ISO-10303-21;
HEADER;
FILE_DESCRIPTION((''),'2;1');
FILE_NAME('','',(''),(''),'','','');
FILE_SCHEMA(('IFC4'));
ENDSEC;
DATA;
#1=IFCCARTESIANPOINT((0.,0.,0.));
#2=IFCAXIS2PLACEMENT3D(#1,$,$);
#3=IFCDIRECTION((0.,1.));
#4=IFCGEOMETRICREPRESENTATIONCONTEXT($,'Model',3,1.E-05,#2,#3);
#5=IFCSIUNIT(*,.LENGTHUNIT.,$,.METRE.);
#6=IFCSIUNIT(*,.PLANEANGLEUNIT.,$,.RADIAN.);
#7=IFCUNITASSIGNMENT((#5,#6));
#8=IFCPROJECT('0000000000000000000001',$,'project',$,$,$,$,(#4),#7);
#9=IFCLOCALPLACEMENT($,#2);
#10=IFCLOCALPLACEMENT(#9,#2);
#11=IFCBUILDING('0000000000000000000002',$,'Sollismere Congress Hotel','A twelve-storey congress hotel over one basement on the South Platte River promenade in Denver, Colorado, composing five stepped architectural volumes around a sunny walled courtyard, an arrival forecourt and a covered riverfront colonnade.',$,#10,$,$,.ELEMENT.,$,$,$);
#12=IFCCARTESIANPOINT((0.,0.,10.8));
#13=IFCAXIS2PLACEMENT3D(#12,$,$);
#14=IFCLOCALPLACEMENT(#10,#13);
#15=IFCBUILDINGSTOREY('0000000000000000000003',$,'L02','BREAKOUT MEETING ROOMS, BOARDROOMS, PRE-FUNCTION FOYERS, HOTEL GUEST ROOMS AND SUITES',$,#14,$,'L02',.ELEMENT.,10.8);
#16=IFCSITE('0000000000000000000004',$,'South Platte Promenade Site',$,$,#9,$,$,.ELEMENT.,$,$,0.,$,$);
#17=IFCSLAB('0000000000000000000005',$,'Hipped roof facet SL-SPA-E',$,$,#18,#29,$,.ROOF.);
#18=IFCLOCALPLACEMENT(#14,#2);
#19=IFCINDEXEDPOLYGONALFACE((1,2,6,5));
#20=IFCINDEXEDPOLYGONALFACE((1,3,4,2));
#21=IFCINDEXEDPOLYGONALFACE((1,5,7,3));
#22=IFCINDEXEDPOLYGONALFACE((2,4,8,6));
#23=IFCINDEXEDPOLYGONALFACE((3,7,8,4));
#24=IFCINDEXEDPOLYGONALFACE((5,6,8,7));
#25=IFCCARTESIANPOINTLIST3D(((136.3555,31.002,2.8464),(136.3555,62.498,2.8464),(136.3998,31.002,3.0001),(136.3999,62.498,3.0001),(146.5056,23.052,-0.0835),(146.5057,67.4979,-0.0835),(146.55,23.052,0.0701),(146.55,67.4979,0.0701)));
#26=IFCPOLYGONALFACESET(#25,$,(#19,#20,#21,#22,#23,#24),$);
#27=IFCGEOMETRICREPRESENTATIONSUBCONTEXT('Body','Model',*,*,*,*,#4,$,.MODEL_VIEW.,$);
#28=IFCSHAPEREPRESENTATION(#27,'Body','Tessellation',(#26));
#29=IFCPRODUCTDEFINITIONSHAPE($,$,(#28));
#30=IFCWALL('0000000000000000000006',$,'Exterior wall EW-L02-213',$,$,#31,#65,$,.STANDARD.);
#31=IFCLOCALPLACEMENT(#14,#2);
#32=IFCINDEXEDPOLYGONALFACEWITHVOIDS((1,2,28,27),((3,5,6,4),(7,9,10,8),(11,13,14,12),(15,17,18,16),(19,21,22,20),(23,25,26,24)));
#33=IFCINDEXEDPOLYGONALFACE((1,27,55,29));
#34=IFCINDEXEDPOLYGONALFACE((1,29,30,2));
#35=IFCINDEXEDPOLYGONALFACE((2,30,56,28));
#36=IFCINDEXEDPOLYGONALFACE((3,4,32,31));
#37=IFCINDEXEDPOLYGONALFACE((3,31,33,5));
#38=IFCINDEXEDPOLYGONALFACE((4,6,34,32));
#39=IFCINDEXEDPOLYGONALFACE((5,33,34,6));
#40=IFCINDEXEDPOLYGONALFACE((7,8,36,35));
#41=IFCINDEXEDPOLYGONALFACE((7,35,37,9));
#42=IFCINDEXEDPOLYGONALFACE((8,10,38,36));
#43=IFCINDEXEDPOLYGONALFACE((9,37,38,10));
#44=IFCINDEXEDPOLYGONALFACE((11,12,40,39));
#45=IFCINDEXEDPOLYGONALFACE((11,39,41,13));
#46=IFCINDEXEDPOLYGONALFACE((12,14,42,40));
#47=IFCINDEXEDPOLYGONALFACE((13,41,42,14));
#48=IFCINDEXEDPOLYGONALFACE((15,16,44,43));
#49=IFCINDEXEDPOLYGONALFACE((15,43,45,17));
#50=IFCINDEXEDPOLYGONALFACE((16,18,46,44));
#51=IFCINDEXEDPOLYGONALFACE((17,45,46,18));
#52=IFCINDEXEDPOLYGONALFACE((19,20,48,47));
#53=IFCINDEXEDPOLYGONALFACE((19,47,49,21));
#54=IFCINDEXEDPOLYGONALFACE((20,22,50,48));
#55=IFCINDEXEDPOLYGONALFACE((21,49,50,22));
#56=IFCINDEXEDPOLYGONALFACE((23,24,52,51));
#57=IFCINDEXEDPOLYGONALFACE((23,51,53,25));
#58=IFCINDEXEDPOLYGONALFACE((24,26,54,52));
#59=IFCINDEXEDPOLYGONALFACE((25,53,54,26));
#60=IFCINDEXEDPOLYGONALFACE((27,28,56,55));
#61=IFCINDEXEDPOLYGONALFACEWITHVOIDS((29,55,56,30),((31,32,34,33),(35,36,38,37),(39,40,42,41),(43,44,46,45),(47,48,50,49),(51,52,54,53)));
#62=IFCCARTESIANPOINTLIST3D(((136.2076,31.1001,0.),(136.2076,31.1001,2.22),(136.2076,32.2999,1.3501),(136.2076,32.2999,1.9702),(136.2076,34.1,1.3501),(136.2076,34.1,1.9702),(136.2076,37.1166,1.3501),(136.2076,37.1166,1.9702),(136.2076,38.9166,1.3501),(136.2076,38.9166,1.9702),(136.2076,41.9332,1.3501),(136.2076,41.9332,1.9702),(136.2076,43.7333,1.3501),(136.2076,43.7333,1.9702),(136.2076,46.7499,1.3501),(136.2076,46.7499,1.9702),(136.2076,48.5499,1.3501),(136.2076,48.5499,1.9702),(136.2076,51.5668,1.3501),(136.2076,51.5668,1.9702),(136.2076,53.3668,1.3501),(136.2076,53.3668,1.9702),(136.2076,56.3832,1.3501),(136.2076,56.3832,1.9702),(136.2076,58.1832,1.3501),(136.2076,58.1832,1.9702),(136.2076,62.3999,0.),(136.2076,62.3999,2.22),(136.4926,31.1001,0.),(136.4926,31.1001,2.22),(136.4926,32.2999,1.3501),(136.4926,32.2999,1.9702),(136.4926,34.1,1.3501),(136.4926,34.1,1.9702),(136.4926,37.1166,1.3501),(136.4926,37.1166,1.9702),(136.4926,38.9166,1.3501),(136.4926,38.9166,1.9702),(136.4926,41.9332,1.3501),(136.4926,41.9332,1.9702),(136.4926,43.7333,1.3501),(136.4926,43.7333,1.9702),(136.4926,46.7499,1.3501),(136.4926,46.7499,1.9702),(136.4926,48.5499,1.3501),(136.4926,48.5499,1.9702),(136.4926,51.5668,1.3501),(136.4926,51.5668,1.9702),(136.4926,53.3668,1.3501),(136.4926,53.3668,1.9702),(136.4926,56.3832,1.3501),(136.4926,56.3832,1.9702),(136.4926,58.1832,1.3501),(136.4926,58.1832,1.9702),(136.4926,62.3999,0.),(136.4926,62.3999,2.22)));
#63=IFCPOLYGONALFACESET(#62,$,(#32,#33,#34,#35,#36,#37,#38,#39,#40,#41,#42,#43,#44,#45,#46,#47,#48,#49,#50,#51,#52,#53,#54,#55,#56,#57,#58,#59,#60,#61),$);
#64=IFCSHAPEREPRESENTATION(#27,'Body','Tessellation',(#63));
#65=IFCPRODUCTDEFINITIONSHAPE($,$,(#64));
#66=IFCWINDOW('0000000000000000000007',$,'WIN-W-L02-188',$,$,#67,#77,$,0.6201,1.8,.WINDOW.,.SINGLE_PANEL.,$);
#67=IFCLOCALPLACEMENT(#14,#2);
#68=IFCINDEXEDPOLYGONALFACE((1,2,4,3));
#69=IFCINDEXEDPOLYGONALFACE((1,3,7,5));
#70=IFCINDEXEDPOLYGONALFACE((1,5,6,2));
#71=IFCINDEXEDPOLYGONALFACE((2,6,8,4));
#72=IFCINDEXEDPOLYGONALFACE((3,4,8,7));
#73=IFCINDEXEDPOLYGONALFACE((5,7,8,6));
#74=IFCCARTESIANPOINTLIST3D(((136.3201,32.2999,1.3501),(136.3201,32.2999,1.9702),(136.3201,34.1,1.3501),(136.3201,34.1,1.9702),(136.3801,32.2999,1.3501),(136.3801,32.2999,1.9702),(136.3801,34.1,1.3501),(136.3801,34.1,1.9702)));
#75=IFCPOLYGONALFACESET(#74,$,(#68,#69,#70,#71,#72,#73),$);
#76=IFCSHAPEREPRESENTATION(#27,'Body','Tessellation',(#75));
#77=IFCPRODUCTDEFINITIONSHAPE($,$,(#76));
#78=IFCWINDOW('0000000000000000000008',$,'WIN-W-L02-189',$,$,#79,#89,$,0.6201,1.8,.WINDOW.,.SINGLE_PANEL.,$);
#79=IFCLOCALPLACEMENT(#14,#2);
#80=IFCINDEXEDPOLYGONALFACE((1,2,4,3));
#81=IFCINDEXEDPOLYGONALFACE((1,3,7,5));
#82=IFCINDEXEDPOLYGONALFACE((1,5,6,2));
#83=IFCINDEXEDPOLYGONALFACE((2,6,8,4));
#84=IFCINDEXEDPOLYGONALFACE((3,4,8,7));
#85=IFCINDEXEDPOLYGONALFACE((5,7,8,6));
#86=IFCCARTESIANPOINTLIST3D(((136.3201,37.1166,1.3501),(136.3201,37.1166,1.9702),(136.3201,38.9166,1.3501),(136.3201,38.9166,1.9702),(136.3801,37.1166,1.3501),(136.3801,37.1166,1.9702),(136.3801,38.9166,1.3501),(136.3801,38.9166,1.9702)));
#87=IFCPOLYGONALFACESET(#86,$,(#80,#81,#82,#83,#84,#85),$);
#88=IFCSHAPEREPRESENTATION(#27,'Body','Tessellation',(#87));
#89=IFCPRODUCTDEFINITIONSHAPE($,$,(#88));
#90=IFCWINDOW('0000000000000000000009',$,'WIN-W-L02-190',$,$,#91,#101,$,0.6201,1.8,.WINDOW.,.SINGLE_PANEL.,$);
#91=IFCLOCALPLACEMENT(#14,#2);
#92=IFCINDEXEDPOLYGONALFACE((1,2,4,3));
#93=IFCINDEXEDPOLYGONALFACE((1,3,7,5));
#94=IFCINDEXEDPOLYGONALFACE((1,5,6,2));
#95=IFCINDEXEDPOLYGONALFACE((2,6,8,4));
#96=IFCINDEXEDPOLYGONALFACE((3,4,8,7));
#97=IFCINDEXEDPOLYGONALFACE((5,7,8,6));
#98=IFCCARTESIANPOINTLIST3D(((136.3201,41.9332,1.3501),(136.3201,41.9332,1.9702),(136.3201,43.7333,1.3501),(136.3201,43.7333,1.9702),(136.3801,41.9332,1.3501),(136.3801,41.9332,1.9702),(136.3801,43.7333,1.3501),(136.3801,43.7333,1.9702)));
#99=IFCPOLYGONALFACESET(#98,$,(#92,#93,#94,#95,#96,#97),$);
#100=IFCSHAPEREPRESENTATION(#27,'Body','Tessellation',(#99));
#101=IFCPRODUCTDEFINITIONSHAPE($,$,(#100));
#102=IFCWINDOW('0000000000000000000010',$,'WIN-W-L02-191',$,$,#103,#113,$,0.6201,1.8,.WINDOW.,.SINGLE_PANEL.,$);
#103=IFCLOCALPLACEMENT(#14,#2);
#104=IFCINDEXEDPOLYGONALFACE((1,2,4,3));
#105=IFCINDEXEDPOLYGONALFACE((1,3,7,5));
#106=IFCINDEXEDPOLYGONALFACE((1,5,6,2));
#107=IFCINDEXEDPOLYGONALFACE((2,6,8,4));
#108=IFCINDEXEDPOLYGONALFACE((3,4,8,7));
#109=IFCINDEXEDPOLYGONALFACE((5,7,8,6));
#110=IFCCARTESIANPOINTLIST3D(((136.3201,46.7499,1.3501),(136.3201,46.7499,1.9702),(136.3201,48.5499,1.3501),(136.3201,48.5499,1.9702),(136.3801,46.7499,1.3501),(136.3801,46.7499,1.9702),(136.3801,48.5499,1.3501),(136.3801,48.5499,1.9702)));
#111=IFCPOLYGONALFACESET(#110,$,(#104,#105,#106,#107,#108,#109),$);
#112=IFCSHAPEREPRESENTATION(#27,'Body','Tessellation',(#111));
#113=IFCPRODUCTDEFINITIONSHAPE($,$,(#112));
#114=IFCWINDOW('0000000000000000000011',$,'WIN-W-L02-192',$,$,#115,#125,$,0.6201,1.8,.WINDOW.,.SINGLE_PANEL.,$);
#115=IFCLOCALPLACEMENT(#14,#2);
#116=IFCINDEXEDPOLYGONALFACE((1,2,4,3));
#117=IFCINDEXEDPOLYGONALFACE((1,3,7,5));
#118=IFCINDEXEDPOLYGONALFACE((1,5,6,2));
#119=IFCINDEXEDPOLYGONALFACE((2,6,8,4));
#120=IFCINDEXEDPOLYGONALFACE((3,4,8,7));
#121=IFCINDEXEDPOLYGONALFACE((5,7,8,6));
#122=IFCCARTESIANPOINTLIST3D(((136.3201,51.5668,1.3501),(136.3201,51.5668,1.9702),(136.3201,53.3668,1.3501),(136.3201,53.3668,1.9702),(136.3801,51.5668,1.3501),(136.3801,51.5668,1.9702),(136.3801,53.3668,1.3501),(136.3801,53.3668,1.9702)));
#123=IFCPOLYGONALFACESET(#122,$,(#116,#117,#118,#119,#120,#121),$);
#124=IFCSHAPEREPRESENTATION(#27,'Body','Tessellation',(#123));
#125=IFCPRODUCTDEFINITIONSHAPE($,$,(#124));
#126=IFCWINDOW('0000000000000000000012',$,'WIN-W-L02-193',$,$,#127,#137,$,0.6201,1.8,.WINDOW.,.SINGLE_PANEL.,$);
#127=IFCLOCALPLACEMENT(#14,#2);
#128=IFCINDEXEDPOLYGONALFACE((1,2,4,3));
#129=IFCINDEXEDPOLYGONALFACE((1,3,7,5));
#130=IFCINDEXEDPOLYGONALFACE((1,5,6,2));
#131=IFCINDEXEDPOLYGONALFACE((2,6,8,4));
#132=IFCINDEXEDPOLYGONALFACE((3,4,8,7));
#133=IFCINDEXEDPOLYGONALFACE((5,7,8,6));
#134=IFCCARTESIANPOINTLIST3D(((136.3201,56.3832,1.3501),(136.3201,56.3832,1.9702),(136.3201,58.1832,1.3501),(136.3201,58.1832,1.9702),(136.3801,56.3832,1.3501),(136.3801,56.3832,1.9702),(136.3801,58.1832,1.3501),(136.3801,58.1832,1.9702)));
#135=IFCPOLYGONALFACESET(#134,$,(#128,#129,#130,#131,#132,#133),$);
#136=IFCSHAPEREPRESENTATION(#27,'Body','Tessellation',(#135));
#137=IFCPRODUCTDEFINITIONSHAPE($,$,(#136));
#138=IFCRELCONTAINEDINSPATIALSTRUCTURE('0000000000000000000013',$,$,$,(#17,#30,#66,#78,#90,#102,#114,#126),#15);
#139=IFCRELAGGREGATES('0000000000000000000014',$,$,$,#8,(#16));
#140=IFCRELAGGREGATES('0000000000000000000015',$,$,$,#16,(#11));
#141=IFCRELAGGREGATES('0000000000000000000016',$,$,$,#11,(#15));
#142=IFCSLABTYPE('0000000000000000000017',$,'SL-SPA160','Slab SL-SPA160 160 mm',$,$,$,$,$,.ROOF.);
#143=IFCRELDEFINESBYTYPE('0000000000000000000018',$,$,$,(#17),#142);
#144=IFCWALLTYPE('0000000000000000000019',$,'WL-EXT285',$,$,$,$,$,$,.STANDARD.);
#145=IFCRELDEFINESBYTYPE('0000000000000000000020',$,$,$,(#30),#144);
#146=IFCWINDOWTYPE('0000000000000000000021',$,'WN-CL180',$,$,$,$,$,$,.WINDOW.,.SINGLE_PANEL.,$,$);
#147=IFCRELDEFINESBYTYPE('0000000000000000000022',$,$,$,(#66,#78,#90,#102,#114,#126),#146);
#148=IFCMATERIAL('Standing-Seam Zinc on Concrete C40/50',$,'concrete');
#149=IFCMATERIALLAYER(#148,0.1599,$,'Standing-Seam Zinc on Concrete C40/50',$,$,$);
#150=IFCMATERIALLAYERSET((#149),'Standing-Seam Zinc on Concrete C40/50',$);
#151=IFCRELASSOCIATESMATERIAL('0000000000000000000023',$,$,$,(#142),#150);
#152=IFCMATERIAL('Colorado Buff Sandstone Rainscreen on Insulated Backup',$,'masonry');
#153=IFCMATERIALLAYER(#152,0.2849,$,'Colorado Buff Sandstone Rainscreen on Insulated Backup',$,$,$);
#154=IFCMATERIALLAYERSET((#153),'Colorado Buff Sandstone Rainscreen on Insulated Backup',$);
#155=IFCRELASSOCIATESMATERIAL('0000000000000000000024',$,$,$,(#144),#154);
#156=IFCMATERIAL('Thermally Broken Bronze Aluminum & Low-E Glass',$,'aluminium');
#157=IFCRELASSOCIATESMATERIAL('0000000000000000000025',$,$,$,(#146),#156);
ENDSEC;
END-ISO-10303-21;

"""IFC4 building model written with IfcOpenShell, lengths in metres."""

from ifc_helpers import new_model, si_unit, direction, frame, frame_2d, origin, place, context, subcontext, project, spatial, polyline, rectangle, outline, extrude, material, layer, layer_set, type_object, element, fill, save


model = new_model("IFC4")

# Units and contexts
model_context = context("Model", 3, precision=1e-05, world=origin(), true_north=direction((0.0, 1.0)))
body_context = subcontext(model_context, "Body", "Model", "MODEL_VIEW")
ifc_project = project(units=[si_unit("LENGTHUNIT", "METRE"), si_unit("PLANEANGLEUNIT", "RADIAN")], contexts=[model_context])

# Site, building, storey
site_placement = place(None, origin())
site = spatial("IfcSite", under=ifc_project, at=site_placement, Name="South Platte Promenade Site", CompositionType="ELEMENT", RefElevation=0.0)
building_placement = place(site_placement, origin())
building = spatial("IfcBuilding", under=site, at=building_placement, Name="Sollismere Congress Hotel", Description="A twelve-storey congress hotel over one basement on the South Platte River promenade in Denver, Colorado, composing five stepped architectural volumes around a sunny walled courtyard, an arrival forecourt and a covered riverfront colonnade.", CompositionType="ELEMENT")
storey_placement = place(building_placement, frame((0.0, 0.0, 10.8)))
storey = spatial("IfcBuildingStorey", under=building, at=storey_placement, Name="L02", Description="BREAKOUT MEETING ROOMS, BOARDROOMS, PRE-FUNCTION FOYERS, HOTEL GUEST ROOMS AND SUITES", LongName="L02", CompositionType="ELEMENT", Elevation=10.8)

# Slab
ifc_material_1 = material(Name="Standing-Seam Zinc on Concrete C40/50", Category="concrete")
ifc_layer_1 = layer(ifc_material_1, 0.1599, Name="Standing-Seam Zinc on Concrete C40/50")
ifc_layer_set_1 = layer_set([ifc_layer_1], Name="Standing-Seam Zinc on Concrete C40/50")
slab_type = type_object("IfcSlabType", Name="SL-SPA160", Description="Slab SL-SPA160 160 mm", PredefinedType="ROOF", material=ifc_layer_set_1)
slab_placement = place(storey_placement, frame((136.3555, 31.002, 2.8464), z_axis=(0.277336, 0.0, 0.960773), x_axis=(0.767692, -0.601283, -0.221601)))
element("IfcSlab", 1, at=slab_placement, inside=storey, type_object=slab_type, Name="Hipped roof facet SL-SPA-E", PredefinedType="ROOF", context=body_context, shape_type="SweptSolid", body=[
    extrude(outline(polyline([(0.0, 0.0), (13.2217, 0.0), (-13.5029, 35.5139), (-18.938, 25.1665), (0.0, 0.0)])), origin(), (0.0, 0.0, 1.0), 0.1599),
])

# Wall, openings, windows
ifc_material_2 = material(Name="Colorado Buff Sandstone Rainscreen on Insulated Backup", Category="masonry")
ifc_layer_2 = layer(ifc_material_2, 0.2849, Name="Colorado Buff Sandstone Rainscreen on Insulated Backup")
ifc_layer_set_2 = layer_set([ifc_layer_2], Name="Colorado Buff Sandstone Rainscreen on Insulated Backup")
wall_type_1 = type_object("IfcWallType", Name="WL-EXT285", PredefinedType="STANDARD", material=ifc_layer_set_2)
wall_1_placement = place(storey_placement, frame((136.3501, 31.1001, 0.0), z_axis=(0.0, 0.0, 1.0), x_axis=(0.0, 1.0, 0.0)))
wall_1 = element("IfcWall", 2, at=wall_1_placement, inside=storey, type_object=wall_type_1, Name="Exterior wall EW-L02-213", PredefinedType="STANDARD", context=body_context, shape_type="SweptSolid", body=[
    extrude(rectangle(XDim=31.2998, YDim=0.2849, at=frame_2d((15.6499, 0.0))), origin(), (0.0, 0.0, 1.0), 2.22),
])
opening_1_placement = place(wall_1_placement, frame((1.2, 0.0, 1.3501)))
opening_1 = element("IfcOpeningElement", 3, at=opening_1_placement, cuts=wall_1, PredefinedType="OPENING", context=body_context, shape_type="SweptSolid", body=[
    extrude(rectangle(XDim=1.8, YDim=0.6201, at=frame_2d((0.8999, 0.3101))), frame((0.0, 0.1523, 0.0), z_axis=(0.0, -1.0, 0.0), x_axis=(1.0, 0.0, 0.0)), (0.0, 0.0, 1.0), 0.3049),
])
opening_2_placement = place(wall_1_placement, frame((6.0166, 0.0, 1.3501)))
opening_2 = element("IfcOpeningElement", 4, at=opening_2_placement, cuts=wall_1, PredefinedType="OPENING", context=body_context, shape_type="SweptSolid", body=[
    extrude(rectangle(XDim=1.8, YDim=0.6201, at=frame_2d((0.8999, 0.3101))), frame((0.0, 0.1523, 0.0), z_axis=(0.0, -1.0, 0.0), x_axis=(1.0, 0.0, 0.0)), (0.0, 0.0, 1.0), 0.3049),
])
opening_3_placement = place(wall_1_placement, frame((10.8333, 0.0, 1.3501)))
opening_3 = element("IfcOpeningElement", 5, at=opening_3_placement, cuts=wall_1, PredefinedType="OPENING", context=body_context, shape_type="SweptSolid", body=[
    extrude(rectangle(XDim=1.8, YDim=0.6201, at=frame_2d((0.8999, 0.3101))), frame((0.0, 0.1523, 0.0), z_axis=(0.0, -1.0, 0.0), x_axis=(1.0, 0.0, 0.0)), (0.0, 0.0, 1.0), 0.3049),
])
opening_4_placement = place(wall_1_placement, frame((15.6499, 0.0, 1.3501)))
opening_4 = element("IfcOpeningElement", 6, at=opening_4_placement, cuts=wall_1, PredefinedType="OPENING", context=body_context, shape_type="SweptSolid", body=[
    extrude(rectangle(XDim=1.8, YDim=0.6201, at=frame_2d((0.8999, 0.3101))), frame((0.0, 0.1523, 0.0), z_axis=(0.0, -1.0, 0.0), x_axis=(1.0, 0.0, 0.0)), (0.0, 0.0, 1.0), 0.3049),
])
opening_5_placement = place(wall_1_placement, frame((20.4668, 0.0, 1.3501)))
opening_5 = element("IfcOpeningElement", 7, at=opening_5_placement, cuts=wall_1, PredefinedType="OPENING", context=body_context, shape_type="SweptSolid", body=[
    extrude(rectangle(XDim=1.8, YDim=0.6201, at=frame_2d((0.8999, 0.3101))), frame((0.0, 0.1523, 0.0), z_axis=(0.0, -1.0, 0.0), x_axis=(1.0, 0.0, 0.0)), (0.0, 0.0, 1.0), 0.3049),
])
opening_6_placement = place(wall_1_placement, frame((25.2832, 0.0, 1.3501)))
opening_6 = element("IfcOpeningElement", 8, at=opening_6_placement, cuts=wall_1, PredefinedType="OPENING", context=body_context, shape_type="SweptSolid", body=[
    extrude(rectangle(XDim=1.8, YDim=0.6201, at=frame_2d((0.8999, 0.3101))), frame((0.0, 0.1523, 0.0), z_axis=(0.0, -1.0, 0.0), x_axis=(1.0, 0.0, 0.0)), (0.0, 0.0, 1.0), 0.3049),
])
ifc_material_3 = material(Name="Thermally Broken Bronze Aluminum & Low-E Glass", Category="aluminium")
window_type_1 = type_object("IfcWindowType", Name="WN-CL180", PartitioningType="SINGLE_PANEL", PredefinedType="WINDOW", material=ifc_material_3)
window_1_placement = place(opening_1_placement, origin())
window_1 = element("IfcWindow", 9, at=window_1_placement, inside=storey, type_object=window_type_1, Name="WIN-W-L02-188", OverallHeight=0.6201, OverallWidth=1.8, PartitioningType="SINGLE_PANEL", PredefinedType="WINDOW", context=body_context, shape_type="SweptSolid", body=[
    extrude(rectangle(XDim=1.8, YDim=0.6201, at=frame_2d((0.8999, 0.3101))), frame((0.0, 0.03, 0.0), z_axis=(0.0, -1.0, 0.0), x_axis=(1.0, 0.0, 0.0)), (0.0, 0.0, 1.0), 0.0601),
])
fill(opening_1, window_1)
window_2_placement = place(opening_2_placement, origin())
window_2 = element("IfcWindow", 10, at=window_2_placement, inside=storey, type_object=window_type_1, Name="WIN-W-L02-189", OverallHeight=0.6201, OverallWidth=1.8, PartitioningType="SINGLE_PANEL", PredefinedType="WINDOW", context=body_context, shape_type="SweptSolid", body=[
    extrude(rectangle(XDim=1.8, YDim=0.6201, at=frame_2d((0.8999, 0.3101))), frame((0.0, 0.03, 0.0), z_axis=(0.0, -1.0, 0.0), x_axis=(1.0, 0.0, 0.0)), (0.0, 0.0, 1.0), 0.0601),
])
fill(opening_2, window_2)
window_3_placement = place(opening_3_placement, origin())
window_3 = element("IfcWindow", 11, at=window_3_placement, inside=storey, type_object=window_type_1, Name="WIN-W-L02-190", OverallHeight=0.6201, OverallWidth=1.8, PartitioningType="SINGLE_PANEL", PredefinedType="WINDOW", context=body_context, shape_type="SweptSolid", body=[
    extrude(rectangle(XDim=1.8, YDim=0.6201, at=frame_2d((0.8999, 0.3101))), frame((0.0, 0.03, 0.0), z_axis=(0.0, -1.0, 0.0), x_axis=(1.0, 0.0, 0.0)), (0.0, 0.0, 1.0), 0.0601),
])
fill(opening_3, window_3)
window_4_placement = place(opening_4_placement, origin())
window_4 = element("IfcWindow", 12, at=window_4_placement, inside=storey, type_object=window_type_1, Name="WIN-W-L02-191", OverallHeight=0.6201, OverallWidth=1.8, PartitioningType="SINGLE_PANEL", PredefinedType="WINDOW", context=body_context, shape_type="SweptSolid", body=[
    extrude(rectangle(XDim=1.8, YDim=0.6201, at=frame_2d((0.8999, 0.3101))), frame((0.0, 0.03, 0.0), z_axis=(0.0, -1.0, 0.0), x_axis=(1.0, 0.0, 0.0)), (0.0, 0.0, 1.0), 0.0601),
])
fill(opening_4, window_4)
window_5_placement = place(opening_5_placement, origin())
window_5 = element("IfcWindow", 13, at=window_5_placement, inside=storey, type_object=window_type_1, Name="WIN-W-L02-192", OverallHeight=0.6201, OverallWidth=1.8, PartitioningType="SINGLE_PANEL", PredefinedType="WINDOW", context=body_context, shape_type="SweptSolid", body=[
    extrude(rectangle(XDim=1.8, YDim=0.6201, at=frame_2d((0.8999, 0.3101))), frame((0.0, 0.03, 0.0), z_axis=(0.0, -1.0, 0.0), x_axis=(1.0, 0.0, 0.0)), (0.0, 0.0, 1.0), 0.0601),
])
fill(opening_5, window_5)
window_6_placement = place(opening_6_placement, origin())
window_6 = element("IfcWindow", 14, at=window_6_placement, inside=storey, type_object=window_type_1, Name="WIN-W-L02-193", OverallHeight=0.6201, OverallWidth=1.8, PartitioningType="SINGLE_PANEL", PredefinedType="WINDOW", context=body_context, shape_type="SweptSolid", body=[
    extrude(rectangle(XDim=1.8, YDim=0.6201, at=frame_2d((0.8999, 0.3101))), frame((0.0, 0.03, 0.0), z_axis=(0.0, -1.0, 0.0), x_axis=(1.0, 0.0, 0.0)), (0.0, 0.0, 1.0), 0.0601),
])
fill(opening_6, window_6)

save(model, "model.ifc")
